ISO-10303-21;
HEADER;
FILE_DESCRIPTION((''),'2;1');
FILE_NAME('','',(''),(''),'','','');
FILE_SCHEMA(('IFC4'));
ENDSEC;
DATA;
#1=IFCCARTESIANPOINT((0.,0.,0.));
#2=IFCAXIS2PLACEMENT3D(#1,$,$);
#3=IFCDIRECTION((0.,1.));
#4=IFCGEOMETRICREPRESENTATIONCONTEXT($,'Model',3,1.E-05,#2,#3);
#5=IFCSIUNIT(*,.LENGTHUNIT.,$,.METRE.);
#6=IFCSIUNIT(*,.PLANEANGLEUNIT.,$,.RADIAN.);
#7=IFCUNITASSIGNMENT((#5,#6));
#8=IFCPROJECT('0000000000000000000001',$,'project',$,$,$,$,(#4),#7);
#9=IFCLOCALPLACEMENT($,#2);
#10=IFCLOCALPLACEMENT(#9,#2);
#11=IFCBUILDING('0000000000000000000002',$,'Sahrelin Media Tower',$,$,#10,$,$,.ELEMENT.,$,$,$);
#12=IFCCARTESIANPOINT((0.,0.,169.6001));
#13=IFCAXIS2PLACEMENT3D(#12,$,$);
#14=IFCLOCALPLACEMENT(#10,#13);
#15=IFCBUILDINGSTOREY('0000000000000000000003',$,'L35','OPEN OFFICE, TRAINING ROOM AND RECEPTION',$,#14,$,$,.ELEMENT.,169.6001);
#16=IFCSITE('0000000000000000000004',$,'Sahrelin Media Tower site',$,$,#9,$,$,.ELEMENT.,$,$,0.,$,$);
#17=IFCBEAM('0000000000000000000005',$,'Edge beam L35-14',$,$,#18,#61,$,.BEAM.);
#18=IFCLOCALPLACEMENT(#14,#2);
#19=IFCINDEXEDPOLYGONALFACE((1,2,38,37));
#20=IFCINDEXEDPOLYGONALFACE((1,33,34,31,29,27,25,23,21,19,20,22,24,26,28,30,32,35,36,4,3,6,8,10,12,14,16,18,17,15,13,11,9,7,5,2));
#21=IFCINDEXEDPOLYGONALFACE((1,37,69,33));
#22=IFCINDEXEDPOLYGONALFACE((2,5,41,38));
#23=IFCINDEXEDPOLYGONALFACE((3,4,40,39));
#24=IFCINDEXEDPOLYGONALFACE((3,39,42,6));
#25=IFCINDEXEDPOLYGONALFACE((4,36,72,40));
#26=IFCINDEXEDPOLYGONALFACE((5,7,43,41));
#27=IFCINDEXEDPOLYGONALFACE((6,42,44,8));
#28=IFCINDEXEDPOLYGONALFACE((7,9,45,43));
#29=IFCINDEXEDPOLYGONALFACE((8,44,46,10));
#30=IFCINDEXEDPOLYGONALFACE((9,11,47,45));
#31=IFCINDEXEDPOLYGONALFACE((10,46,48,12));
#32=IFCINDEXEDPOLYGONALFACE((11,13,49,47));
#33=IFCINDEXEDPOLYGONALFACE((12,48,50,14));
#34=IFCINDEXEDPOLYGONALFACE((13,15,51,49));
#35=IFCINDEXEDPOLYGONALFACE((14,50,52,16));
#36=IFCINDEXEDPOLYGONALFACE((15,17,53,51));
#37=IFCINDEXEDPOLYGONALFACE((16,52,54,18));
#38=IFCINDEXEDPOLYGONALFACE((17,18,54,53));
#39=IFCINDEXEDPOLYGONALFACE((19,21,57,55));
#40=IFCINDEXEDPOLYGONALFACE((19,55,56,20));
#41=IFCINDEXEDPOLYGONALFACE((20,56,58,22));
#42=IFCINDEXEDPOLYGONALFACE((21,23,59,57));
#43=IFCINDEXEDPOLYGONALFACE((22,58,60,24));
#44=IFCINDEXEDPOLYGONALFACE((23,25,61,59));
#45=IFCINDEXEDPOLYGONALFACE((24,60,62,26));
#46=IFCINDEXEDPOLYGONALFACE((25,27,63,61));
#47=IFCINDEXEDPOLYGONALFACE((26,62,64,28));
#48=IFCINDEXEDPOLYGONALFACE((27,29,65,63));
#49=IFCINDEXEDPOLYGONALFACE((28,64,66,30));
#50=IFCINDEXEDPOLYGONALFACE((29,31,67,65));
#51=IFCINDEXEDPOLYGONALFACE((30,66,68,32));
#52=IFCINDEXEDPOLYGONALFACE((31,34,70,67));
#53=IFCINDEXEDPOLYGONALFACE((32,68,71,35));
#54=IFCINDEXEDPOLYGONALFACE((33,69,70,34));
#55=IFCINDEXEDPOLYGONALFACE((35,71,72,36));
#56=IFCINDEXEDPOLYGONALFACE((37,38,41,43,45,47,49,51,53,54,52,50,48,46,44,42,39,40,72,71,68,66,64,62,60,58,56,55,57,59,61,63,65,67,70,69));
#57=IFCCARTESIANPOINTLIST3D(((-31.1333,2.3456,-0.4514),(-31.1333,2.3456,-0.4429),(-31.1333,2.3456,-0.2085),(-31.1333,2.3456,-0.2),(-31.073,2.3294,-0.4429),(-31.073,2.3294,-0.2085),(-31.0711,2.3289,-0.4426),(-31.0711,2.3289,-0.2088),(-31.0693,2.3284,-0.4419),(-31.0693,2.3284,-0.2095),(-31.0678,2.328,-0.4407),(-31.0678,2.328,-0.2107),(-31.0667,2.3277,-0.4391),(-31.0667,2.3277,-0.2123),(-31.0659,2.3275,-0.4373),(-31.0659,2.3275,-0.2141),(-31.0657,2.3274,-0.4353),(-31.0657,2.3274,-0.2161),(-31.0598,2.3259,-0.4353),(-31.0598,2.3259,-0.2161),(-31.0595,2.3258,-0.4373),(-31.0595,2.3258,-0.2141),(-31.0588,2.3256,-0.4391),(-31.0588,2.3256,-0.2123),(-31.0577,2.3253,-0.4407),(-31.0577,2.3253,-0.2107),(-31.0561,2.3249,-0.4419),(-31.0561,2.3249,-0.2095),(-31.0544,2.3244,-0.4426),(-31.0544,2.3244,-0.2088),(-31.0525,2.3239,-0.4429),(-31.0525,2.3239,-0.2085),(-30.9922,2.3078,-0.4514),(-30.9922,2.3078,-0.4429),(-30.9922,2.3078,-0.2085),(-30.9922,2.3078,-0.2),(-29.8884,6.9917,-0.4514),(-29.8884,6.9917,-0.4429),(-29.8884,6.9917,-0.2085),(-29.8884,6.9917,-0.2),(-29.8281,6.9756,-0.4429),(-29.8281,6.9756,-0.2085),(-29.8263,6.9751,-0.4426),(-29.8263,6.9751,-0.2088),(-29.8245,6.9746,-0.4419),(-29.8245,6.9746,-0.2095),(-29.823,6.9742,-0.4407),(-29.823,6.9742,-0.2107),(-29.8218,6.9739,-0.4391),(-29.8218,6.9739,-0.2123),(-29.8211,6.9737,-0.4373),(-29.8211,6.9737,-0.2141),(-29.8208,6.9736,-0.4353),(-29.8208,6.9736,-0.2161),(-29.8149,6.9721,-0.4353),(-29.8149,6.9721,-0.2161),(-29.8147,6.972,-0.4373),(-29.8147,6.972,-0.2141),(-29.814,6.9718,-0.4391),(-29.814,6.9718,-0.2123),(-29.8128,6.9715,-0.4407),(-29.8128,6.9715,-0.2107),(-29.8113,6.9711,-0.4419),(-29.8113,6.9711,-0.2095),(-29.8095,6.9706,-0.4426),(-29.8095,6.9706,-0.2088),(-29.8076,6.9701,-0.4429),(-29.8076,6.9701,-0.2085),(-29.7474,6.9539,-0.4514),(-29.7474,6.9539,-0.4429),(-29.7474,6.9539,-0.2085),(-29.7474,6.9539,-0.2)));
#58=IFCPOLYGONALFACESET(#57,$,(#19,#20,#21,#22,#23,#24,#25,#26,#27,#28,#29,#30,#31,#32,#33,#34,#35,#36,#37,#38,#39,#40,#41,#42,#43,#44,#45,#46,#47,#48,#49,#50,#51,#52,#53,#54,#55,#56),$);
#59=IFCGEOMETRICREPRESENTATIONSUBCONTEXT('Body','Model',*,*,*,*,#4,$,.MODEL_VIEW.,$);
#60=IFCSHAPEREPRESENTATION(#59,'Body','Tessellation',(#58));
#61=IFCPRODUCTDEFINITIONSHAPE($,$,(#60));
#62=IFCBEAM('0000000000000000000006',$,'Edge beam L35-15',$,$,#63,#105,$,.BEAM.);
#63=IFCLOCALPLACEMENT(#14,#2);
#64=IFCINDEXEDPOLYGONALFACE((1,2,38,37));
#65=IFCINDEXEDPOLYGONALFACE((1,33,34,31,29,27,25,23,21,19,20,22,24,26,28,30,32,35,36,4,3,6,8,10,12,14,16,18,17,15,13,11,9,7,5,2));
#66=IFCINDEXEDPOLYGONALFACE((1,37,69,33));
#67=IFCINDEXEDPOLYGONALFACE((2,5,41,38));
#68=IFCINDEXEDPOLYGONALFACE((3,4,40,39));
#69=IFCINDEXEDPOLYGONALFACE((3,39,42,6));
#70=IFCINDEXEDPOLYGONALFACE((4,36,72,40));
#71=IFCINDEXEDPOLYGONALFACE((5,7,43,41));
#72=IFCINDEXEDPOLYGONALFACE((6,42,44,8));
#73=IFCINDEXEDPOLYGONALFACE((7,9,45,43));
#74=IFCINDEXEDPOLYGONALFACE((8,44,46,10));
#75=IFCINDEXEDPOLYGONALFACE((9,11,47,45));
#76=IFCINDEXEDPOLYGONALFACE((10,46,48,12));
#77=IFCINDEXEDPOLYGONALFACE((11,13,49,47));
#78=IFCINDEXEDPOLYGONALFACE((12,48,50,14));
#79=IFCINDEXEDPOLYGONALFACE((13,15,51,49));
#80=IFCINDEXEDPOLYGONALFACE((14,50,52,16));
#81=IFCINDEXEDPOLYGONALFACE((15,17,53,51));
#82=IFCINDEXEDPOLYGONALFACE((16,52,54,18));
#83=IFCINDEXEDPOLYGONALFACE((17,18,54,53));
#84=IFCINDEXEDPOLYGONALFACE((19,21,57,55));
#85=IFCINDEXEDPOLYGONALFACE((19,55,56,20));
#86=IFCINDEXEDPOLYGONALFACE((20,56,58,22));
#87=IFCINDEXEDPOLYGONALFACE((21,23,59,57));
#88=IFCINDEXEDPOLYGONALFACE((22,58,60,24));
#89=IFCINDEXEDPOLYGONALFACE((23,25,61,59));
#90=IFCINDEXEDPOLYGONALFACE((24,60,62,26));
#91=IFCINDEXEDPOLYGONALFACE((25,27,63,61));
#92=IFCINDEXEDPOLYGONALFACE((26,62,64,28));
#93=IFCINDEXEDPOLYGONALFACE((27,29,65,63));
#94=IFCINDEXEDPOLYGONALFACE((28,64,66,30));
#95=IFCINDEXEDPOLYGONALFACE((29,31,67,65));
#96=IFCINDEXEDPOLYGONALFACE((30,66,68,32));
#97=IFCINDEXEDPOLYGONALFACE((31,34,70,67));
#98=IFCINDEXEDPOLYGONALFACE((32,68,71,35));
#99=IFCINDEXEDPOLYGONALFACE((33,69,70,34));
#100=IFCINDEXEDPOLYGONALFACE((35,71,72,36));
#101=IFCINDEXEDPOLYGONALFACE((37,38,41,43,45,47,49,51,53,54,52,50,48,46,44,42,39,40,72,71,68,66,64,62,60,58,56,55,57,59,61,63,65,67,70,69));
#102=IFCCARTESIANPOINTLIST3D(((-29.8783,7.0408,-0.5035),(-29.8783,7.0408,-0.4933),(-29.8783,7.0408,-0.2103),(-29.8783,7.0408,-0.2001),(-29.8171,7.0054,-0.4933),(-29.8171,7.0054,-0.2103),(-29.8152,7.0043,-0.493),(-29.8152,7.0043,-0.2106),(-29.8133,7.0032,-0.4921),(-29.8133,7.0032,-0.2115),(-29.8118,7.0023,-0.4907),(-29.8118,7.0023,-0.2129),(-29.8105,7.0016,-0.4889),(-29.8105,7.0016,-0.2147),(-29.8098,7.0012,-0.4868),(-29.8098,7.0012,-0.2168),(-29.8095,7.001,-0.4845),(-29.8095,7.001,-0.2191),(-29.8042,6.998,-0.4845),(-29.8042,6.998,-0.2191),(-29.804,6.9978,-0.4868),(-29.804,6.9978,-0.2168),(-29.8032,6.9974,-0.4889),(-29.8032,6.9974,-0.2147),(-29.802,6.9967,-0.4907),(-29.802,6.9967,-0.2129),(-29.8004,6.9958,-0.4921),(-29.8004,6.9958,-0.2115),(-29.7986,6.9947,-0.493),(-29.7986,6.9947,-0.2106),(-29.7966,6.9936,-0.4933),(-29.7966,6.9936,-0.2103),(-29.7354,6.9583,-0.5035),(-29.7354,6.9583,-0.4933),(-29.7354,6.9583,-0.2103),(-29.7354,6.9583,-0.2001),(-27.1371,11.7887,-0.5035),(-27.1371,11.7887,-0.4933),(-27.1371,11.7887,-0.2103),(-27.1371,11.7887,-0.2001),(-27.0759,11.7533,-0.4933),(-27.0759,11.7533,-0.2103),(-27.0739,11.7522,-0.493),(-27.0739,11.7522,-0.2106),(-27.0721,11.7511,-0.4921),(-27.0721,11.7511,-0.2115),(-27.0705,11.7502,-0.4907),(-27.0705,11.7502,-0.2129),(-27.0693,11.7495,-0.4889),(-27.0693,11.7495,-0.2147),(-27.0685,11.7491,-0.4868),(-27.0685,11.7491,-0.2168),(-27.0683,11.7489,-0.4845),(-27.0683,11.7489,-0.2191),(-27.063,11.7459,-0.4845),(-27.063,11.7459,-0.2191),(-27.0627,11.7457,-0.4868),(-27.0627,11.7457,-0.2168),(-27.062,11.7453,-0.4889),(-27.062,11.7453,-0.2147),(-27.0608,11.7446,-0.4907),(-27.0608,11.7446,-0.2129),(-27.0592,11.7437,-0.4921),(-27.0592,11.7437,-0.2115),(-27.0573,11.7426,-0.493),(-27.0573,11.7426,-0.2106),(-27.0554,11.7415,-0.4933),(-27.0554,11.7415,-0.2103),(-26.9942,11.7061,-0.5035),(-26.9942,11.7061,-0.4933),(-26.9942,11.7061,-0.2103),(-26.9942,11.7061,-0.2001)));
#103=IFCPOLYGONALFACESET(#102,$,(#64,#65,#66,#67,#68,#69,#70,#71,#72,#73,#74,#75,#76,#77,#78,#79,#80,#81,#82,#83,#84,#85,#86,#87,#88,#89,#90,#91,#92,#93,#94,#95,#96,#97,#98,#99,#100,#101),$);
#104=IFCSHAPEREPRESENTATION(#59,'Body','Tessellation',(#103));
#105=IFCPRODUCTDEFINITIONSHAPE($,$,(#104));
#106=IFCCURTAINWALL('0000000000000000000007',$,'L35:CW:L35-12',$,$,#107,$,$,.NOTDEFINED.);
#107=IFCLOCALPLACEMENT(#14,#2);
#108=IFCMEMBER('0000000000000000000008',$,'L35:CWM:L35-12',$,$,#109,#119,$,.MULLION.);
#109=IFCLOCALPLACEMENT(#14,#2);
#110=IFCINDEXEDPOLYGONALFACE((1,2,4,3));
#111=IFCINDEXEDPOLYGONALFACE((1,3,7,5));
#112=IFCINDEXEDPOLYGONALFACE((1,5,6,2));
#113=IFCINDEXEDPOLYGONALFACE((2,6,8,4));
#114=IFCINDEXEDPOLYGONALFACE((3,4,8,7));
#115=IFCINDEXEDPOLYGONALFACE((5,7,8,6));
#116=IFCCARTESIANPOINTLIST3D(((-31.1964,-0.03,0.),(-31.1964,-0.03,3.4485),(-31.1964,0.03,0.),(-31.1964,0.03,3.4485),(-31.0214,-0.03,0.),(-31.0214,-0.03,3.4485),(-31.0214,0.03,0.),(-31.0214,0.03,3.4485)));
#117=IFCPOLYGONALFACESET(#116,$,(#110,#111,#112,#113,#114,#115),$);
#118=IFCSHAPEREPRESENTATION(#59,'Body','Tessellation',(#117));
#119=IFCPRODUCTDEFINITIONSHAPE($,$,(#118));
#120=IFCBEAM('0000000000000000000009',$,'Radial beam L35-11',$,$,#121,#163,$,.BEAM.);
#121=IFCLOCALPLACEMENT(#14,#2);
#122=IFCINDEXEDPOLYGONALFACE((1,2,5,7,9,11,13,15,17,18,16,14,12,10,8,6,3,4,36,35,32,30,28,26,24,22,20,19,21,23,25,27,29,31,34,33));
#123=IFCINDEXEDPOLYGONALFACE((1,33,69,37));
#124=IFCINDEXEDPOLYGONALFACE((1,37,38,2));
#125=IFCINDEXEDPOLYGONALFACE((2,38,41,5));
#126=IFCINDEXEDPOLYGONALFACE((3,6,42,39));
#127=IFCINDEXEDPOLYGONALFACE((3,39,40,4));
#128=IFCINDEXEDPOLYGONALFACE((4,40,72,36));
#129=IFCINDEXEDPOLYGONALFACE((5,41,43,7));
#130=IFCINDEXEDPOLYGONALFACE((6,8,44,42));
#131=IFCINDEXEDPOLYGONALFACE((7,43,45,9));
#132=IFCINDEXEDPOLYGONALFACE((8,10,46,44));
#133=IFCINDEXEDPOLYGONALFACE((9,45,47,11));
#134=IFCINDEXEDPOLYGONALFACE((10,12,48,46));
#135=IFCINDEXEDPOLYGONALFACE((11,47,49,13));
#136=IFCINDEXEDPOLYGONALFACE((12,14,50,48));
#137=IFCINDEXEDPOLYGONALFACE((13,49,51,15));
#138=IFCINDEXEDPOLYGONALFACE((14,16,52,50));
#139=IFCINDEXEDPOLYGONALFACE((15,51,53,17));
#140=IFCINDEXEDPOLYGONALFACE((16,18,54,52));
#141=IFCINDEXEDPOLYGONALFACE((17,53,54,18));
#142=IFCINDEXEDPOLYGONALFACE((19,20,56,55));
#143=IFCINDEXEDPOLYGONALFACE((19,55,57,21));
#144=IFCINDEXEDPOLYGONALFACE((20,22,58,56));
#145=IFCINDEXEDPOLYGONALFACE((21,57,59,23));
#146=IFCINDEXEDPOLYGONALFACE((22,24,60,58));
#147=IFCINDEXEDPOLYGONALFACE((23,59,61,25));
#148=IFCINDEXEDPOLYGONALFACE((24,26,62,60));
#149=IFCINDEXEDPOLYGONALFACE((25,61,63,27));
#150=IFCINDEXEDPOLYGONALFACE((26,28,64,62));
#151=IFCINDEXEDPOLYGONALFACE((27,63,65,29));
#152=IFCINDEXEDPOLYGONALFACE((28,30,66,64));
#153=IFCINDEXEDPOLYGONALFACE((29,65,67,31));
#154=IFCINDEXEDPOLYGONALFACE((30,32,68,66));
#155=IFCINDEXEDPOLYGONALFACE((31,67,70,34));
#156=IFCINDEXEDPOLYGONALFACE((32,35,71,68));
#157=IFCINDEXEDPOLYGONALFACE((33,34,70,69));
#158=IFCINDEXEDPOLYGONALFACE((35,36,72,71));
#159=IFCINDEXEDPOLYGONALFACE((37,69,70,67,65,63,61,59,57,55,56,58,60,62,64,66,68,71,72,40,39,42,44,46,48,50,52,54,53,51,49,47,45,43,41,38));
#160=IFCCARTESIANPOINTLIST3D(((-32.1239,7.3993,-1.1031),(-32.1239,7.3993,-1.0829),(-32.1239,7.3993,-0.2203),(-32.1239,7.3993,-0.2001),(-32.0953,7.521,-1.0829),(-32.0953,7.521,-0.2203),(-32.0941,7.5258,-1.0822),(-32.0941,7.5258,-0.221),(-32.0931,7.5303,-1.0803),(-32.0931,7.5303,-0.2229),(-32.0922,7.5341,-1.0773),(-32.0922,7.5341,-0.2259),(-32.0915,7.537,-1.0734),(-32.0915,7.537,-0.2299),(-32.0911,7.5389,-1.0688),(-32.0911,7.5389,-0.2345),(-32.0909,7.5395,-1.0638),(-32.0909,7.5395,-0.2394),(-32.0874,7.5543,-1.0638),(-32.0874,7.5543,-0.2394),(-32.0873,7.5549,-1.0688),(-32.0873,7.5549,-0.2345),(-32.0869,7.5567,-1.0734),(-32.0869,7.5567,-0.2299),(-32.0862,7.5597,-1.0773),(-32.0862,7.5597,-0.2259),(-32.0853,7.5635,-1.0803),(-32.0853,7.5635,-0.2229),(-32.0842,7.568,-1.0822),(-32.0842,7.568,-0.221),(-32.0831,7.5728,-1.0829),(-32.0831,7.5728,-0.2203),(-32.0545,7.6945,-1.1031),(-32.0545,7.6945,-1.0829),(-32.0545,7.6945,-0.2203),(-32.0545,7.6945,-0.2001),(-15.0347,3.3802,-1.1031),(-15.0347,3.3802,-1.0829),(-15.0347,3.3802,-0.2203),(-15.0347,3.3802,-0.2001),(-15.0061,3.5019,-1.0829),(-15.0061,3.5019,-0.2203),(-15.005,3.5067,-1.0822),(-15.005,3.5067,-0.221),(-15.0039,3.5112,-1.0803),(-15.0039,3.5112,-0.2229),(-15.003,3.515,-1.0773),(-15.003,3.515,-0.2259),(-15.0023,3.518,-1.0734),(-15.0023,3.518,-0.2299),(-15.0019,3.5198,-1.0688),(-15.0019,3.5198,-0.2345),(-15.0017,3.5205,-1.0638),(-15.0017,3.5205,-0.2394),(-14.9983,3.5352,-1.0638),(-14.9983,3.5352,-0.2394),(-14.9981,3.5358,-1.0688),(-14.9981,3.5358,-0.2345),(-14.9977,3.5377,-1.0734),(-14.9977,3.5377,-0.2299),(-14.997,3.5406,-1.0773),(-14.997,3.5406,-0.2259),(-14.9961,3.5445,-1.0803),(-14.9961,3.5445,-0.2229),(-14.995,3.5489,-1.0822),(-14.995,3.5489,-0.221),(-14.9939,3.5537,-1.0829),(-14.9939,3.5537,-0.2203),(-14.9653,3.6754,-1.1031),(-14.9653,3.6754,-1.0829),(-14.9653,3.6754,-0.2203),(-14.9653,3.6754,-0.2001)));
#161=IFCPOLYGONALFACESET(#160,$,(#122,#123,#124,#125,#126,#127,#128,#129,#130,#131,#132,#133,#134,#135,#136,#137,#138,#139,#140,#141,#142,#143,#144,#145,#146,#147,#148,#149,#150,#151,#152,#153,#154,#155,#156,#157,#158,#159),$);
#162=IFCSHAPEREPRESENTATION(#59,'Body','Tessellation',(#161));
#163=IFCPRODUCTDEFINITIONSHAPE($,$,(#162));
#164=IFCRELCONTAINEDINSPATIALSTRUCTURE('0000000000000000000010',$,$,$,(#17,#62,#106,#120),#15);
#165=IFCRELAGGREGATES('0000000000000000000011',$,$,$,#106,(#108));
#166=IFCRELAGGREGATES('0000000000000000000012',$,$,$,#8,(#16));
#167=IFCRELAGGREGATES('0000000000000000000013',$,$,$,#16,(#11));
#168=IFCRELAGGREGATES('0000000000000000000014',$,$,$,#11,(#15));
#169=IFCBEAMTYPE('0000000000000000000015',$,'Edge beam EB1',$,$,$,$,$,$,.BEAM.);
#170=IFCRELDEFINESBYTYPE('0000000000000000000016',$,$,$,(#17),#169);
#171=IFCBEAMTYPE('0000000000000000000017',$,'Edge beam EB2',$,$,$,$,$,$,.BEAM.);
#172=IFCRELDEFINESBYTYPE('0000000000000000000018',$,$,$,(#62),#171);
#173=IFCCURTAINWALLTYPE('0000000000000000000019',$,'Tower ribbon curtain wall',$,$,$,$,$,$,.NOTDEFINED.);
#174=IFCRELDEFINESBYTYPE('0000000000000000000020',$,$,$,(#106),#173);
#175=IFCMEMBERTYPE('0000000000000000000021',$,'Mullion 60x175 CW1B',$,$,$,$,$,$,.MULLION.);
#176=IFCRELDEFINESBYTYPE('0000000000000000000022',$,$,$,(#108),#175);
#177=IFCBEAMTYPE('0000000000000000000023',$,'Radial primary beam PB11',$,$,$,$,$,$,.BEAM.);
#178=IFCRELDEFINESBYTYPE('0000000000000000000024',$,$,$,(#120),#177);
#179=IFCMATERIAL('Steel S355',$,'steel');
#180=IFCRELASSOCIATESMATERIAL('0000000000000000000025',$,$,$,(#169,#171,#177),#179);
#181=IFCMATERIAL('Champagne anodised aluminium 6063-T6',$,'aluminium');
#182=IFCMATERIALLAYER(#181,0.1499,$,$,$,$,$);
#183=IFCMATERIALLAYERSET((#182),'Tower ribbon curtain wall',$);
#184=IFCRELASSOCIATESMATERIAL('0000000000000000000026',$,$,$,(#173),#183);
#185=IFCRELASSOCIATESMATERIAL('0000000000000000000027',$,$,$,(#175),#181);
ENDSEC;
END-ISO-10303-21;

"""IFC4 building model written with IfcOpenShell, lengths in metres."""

from ifc_helpers import new_model, si_unit, direction, frame, origin, origin_2d, place, context, subcontext, project, spatial, rectangle, i_section, extrude, material, layer, layer_set, material_profile, profile_set, type_object, element, aggregate, save


model = new_model("IFC4")

# Units and contexts
model_context = context("Model", 3, precision=1e-05, world=origin(), true_north=direction((0.0, 1.0)))
body_context = subcontext(model_context, "Body", "Model", "MODEL_VIEW")
ifc_project = project(units=[si_unit("LENGTHUNIT", "METRE"), si_unit("PLANEANGLEUNIT", "RADIAN")], contexts=[model_context])

# Site, building, storey
site_placement = place(None, origin())
site = spatial("IfcSite", under=ifc_project, at=site_placement, Name="Sahrelin Media Tower site", CompositionType="ELEMENT", RefElevation=0.0)
building_placement = place(site_placement, origin())
building = spatial("IfcBuilding", under=site, at=building_placement, Name="Sahrelin Media Tower", CompositionType="ELEMENT")
storey_placement = place(building_placement, frame((0.0, 0.0, 169.6001)))
storey = spatial("IfcBuildingStorey", under=building, at=storey_placement, Name="L35", Description="OPEN OFFICE, TRAINING ROOM AND RECEPTION", CompositionType="ELEMENT", Elevation=169.6001)

# Beams
ifc_material_1 = material(Name="Steel S355", Category="steel")
ifc_material_profile_1 = material_profile(ifc_material_1, i_section(OverallWidth=0.146, OverallDepth=0.2515, WebThickness=0.0061, FlangeThickness=0.0085, FilletRadius=0.0076, at=origin_2d()), Name="UB 254x146x31")
ifc_profile_set_1 = profile_set([ifc_material_profile_1], Name="Steel S355")
beam_type_1 = type_object("IfcBeamType", Name="Edge beam EB1", PredefinedType="BEAM", material=ifc_profile_set_1)
beam_1_placement = place(storey_placement, frame((-31.0627, 2.3267, -0.3257), z_axis=(0.258803, 0.96593, 0.0), x_axis=(-0.96593, 0.258803, 0.0)))
element("IfcBeam", 1, at=beam_1_placement, inside=storey, type_object=beam_type_1, Name="Edge beam L35-14", PredefinedType="BEAM", context=body_context, shape_type="SweptSolid", body=[
    extrude(i_section(OverallWidth=0.146, OverallDepth=0.2515, WebThickness=0.0061, FlangeThickness=0.0085, FilletRadius=0.0076, at=origin_2d()), origin(), (0.0, 0.0, 1.0), 4.8101),
])
ifc_material_profile_2 = material_profile(ifc_material_1, i_section(OverallWidth=0.165, OverallDepth=0.3035, WebThickness=0.0061, FlangeThickness=0.0103, FilletRadius=0.0088, at=origin_2d()), Name="UB 305x165x40")
ifc_profile_set_2 = profile_set([ifc_material_profile_2], Name="Steel S355")
beam_type_2 = type_object("IfcBeamType", Name="Edge beam EB2", PredefinedType="BEAM", material=ifc_profile_set_2)
beam_2_placement = place(storey_placement, frame((-29.8069, 6.9995, -0.3518), z_axis=(0.500009, 0.86602, 0.0), x_axis=(-0.86602, 0.500009, 0.0)))
element("IfcBeam", 2, at=beam_2_placement, inside=storey, type_object=beam_type_2, Name="Edge beam L35-15", PredefinedType="BEAM", context=body_context, shape_type="SweptSolid", body=[
    extrude(i_section(OverallWidth=0.165, OverallDepth=0.3035, WebThickness=0.0061, FlangeThickness=0.0103, FilletRadius=0.0088, at=origin_2d()), origin(), (0.0, 0.0, 1.0), 5.4824),
])

# Curtain wall, member
ifc_material_2 = material(Name="Champagne anodised aluminium 6063-T6", Category="aluminium")
ifc_layer_1 = layer(ifc_material_2, 0.1499)
ifc_layer_set_1 = layer_set([ifc_layer_1], Name="Tower ribbon curtain wall")
curtain_wall_type = type_object("IfcCurtainWallType", Name="Tower ribbon curtain wall", PredefinedType="NOTDEFINED", material=ifc_layer_set_1)
curtain_wall_placement = place(storey_placement, frame((-31.2166, 0.0, 0.0), z_axis=(0.0, 0.0, 1.0), x_axis=(1.0, 0.0, 0.0)))
curtain_wall = element("IfcCurtainWall", 3, at=curtain_wall_placement, inside=storey, type_object=curtain_wall_type, Name="L35:CW:L35-12", PredefinedType="NOTDEFINED")
ifc_material_profile_3 = material_profile(ifc_material_2, rectangle(XDim=0.0601, YDim=0.175, at=origin_2d()), Name="Mullion 60x175")
ifc_profile_set_3 = profile_set([ifc_material_profile_3], Name="Champagne anodised aluminium 6063-T6")
member_type_1 = type_object("IfcMemberType", Name="Mullion 60x175 CW1B", PredefinedType="MULLION", material=ifc_profile_set_3)
member_1_placement = place(storey_placement, frame((-31.1089, 0.0, 0.0), z_axis=(0.0, 0.0, 1.0), x_axis=(0.0, -1.0, 0.0)))
member_1 = element("IfcMember", 4, at=member_1_placement, type_object=member_type_1, Name="L35:CWM:L35-12", PredefinedType="MULLION", context=body_context, shape_type="SweptSolid", body=[
    extrude(rectangle(XDim=0.0601, YDim=0.175, at=origin_2d()), origin(), (0.0, 0.0, 1.0), 3.4485),
])

# Beam
ifc_material_profile_4 = material_profile(ifc_material_1, i_section(OverallWidth=0.3032, OverallDepth=0.9031, WebThickness=0.0151, FlangeThickness=0.0203, FilletRadius=0.019, at=origin_2d()), Name="UB 914x305x201")
ifc_profile_set_4 = profile_set([ifc_material_profile_4], Name="Steel S355")
beam_type_3 = type_object("IfcBeamType", Name="Radial primary beam PB11", PredefinedType="BEAM", material=ifc_profile_set_4)
beam_3_placement = place(storey_placement, frame((-15.0, 3.5278, -0.6516), z_axis=(-0.973442, 0.228935, 0.0), x_axis=(-0.228935, -0.973442, 0.0)))
element("IfcBeam", 5, at=beam_3_placement, inside=storey, type_object=beam_type_3, Name="Radial beam L35-11", PredefinedType="BEAM", context=body_context, shape_type="SweptSolid", body=[
    extrude(i_section(OverallWidth=0.3032, OverallDepth=0.9031, WebThickness=0.0151, FlangeThickness=0.0203, FilletRadius=0.019, at=origin_2d()), origin(), (0.0, 0.0, 1.0), 17.5554),
])

aggregate(curtain_wall, [member_1])

save(model, "model.ifc")
